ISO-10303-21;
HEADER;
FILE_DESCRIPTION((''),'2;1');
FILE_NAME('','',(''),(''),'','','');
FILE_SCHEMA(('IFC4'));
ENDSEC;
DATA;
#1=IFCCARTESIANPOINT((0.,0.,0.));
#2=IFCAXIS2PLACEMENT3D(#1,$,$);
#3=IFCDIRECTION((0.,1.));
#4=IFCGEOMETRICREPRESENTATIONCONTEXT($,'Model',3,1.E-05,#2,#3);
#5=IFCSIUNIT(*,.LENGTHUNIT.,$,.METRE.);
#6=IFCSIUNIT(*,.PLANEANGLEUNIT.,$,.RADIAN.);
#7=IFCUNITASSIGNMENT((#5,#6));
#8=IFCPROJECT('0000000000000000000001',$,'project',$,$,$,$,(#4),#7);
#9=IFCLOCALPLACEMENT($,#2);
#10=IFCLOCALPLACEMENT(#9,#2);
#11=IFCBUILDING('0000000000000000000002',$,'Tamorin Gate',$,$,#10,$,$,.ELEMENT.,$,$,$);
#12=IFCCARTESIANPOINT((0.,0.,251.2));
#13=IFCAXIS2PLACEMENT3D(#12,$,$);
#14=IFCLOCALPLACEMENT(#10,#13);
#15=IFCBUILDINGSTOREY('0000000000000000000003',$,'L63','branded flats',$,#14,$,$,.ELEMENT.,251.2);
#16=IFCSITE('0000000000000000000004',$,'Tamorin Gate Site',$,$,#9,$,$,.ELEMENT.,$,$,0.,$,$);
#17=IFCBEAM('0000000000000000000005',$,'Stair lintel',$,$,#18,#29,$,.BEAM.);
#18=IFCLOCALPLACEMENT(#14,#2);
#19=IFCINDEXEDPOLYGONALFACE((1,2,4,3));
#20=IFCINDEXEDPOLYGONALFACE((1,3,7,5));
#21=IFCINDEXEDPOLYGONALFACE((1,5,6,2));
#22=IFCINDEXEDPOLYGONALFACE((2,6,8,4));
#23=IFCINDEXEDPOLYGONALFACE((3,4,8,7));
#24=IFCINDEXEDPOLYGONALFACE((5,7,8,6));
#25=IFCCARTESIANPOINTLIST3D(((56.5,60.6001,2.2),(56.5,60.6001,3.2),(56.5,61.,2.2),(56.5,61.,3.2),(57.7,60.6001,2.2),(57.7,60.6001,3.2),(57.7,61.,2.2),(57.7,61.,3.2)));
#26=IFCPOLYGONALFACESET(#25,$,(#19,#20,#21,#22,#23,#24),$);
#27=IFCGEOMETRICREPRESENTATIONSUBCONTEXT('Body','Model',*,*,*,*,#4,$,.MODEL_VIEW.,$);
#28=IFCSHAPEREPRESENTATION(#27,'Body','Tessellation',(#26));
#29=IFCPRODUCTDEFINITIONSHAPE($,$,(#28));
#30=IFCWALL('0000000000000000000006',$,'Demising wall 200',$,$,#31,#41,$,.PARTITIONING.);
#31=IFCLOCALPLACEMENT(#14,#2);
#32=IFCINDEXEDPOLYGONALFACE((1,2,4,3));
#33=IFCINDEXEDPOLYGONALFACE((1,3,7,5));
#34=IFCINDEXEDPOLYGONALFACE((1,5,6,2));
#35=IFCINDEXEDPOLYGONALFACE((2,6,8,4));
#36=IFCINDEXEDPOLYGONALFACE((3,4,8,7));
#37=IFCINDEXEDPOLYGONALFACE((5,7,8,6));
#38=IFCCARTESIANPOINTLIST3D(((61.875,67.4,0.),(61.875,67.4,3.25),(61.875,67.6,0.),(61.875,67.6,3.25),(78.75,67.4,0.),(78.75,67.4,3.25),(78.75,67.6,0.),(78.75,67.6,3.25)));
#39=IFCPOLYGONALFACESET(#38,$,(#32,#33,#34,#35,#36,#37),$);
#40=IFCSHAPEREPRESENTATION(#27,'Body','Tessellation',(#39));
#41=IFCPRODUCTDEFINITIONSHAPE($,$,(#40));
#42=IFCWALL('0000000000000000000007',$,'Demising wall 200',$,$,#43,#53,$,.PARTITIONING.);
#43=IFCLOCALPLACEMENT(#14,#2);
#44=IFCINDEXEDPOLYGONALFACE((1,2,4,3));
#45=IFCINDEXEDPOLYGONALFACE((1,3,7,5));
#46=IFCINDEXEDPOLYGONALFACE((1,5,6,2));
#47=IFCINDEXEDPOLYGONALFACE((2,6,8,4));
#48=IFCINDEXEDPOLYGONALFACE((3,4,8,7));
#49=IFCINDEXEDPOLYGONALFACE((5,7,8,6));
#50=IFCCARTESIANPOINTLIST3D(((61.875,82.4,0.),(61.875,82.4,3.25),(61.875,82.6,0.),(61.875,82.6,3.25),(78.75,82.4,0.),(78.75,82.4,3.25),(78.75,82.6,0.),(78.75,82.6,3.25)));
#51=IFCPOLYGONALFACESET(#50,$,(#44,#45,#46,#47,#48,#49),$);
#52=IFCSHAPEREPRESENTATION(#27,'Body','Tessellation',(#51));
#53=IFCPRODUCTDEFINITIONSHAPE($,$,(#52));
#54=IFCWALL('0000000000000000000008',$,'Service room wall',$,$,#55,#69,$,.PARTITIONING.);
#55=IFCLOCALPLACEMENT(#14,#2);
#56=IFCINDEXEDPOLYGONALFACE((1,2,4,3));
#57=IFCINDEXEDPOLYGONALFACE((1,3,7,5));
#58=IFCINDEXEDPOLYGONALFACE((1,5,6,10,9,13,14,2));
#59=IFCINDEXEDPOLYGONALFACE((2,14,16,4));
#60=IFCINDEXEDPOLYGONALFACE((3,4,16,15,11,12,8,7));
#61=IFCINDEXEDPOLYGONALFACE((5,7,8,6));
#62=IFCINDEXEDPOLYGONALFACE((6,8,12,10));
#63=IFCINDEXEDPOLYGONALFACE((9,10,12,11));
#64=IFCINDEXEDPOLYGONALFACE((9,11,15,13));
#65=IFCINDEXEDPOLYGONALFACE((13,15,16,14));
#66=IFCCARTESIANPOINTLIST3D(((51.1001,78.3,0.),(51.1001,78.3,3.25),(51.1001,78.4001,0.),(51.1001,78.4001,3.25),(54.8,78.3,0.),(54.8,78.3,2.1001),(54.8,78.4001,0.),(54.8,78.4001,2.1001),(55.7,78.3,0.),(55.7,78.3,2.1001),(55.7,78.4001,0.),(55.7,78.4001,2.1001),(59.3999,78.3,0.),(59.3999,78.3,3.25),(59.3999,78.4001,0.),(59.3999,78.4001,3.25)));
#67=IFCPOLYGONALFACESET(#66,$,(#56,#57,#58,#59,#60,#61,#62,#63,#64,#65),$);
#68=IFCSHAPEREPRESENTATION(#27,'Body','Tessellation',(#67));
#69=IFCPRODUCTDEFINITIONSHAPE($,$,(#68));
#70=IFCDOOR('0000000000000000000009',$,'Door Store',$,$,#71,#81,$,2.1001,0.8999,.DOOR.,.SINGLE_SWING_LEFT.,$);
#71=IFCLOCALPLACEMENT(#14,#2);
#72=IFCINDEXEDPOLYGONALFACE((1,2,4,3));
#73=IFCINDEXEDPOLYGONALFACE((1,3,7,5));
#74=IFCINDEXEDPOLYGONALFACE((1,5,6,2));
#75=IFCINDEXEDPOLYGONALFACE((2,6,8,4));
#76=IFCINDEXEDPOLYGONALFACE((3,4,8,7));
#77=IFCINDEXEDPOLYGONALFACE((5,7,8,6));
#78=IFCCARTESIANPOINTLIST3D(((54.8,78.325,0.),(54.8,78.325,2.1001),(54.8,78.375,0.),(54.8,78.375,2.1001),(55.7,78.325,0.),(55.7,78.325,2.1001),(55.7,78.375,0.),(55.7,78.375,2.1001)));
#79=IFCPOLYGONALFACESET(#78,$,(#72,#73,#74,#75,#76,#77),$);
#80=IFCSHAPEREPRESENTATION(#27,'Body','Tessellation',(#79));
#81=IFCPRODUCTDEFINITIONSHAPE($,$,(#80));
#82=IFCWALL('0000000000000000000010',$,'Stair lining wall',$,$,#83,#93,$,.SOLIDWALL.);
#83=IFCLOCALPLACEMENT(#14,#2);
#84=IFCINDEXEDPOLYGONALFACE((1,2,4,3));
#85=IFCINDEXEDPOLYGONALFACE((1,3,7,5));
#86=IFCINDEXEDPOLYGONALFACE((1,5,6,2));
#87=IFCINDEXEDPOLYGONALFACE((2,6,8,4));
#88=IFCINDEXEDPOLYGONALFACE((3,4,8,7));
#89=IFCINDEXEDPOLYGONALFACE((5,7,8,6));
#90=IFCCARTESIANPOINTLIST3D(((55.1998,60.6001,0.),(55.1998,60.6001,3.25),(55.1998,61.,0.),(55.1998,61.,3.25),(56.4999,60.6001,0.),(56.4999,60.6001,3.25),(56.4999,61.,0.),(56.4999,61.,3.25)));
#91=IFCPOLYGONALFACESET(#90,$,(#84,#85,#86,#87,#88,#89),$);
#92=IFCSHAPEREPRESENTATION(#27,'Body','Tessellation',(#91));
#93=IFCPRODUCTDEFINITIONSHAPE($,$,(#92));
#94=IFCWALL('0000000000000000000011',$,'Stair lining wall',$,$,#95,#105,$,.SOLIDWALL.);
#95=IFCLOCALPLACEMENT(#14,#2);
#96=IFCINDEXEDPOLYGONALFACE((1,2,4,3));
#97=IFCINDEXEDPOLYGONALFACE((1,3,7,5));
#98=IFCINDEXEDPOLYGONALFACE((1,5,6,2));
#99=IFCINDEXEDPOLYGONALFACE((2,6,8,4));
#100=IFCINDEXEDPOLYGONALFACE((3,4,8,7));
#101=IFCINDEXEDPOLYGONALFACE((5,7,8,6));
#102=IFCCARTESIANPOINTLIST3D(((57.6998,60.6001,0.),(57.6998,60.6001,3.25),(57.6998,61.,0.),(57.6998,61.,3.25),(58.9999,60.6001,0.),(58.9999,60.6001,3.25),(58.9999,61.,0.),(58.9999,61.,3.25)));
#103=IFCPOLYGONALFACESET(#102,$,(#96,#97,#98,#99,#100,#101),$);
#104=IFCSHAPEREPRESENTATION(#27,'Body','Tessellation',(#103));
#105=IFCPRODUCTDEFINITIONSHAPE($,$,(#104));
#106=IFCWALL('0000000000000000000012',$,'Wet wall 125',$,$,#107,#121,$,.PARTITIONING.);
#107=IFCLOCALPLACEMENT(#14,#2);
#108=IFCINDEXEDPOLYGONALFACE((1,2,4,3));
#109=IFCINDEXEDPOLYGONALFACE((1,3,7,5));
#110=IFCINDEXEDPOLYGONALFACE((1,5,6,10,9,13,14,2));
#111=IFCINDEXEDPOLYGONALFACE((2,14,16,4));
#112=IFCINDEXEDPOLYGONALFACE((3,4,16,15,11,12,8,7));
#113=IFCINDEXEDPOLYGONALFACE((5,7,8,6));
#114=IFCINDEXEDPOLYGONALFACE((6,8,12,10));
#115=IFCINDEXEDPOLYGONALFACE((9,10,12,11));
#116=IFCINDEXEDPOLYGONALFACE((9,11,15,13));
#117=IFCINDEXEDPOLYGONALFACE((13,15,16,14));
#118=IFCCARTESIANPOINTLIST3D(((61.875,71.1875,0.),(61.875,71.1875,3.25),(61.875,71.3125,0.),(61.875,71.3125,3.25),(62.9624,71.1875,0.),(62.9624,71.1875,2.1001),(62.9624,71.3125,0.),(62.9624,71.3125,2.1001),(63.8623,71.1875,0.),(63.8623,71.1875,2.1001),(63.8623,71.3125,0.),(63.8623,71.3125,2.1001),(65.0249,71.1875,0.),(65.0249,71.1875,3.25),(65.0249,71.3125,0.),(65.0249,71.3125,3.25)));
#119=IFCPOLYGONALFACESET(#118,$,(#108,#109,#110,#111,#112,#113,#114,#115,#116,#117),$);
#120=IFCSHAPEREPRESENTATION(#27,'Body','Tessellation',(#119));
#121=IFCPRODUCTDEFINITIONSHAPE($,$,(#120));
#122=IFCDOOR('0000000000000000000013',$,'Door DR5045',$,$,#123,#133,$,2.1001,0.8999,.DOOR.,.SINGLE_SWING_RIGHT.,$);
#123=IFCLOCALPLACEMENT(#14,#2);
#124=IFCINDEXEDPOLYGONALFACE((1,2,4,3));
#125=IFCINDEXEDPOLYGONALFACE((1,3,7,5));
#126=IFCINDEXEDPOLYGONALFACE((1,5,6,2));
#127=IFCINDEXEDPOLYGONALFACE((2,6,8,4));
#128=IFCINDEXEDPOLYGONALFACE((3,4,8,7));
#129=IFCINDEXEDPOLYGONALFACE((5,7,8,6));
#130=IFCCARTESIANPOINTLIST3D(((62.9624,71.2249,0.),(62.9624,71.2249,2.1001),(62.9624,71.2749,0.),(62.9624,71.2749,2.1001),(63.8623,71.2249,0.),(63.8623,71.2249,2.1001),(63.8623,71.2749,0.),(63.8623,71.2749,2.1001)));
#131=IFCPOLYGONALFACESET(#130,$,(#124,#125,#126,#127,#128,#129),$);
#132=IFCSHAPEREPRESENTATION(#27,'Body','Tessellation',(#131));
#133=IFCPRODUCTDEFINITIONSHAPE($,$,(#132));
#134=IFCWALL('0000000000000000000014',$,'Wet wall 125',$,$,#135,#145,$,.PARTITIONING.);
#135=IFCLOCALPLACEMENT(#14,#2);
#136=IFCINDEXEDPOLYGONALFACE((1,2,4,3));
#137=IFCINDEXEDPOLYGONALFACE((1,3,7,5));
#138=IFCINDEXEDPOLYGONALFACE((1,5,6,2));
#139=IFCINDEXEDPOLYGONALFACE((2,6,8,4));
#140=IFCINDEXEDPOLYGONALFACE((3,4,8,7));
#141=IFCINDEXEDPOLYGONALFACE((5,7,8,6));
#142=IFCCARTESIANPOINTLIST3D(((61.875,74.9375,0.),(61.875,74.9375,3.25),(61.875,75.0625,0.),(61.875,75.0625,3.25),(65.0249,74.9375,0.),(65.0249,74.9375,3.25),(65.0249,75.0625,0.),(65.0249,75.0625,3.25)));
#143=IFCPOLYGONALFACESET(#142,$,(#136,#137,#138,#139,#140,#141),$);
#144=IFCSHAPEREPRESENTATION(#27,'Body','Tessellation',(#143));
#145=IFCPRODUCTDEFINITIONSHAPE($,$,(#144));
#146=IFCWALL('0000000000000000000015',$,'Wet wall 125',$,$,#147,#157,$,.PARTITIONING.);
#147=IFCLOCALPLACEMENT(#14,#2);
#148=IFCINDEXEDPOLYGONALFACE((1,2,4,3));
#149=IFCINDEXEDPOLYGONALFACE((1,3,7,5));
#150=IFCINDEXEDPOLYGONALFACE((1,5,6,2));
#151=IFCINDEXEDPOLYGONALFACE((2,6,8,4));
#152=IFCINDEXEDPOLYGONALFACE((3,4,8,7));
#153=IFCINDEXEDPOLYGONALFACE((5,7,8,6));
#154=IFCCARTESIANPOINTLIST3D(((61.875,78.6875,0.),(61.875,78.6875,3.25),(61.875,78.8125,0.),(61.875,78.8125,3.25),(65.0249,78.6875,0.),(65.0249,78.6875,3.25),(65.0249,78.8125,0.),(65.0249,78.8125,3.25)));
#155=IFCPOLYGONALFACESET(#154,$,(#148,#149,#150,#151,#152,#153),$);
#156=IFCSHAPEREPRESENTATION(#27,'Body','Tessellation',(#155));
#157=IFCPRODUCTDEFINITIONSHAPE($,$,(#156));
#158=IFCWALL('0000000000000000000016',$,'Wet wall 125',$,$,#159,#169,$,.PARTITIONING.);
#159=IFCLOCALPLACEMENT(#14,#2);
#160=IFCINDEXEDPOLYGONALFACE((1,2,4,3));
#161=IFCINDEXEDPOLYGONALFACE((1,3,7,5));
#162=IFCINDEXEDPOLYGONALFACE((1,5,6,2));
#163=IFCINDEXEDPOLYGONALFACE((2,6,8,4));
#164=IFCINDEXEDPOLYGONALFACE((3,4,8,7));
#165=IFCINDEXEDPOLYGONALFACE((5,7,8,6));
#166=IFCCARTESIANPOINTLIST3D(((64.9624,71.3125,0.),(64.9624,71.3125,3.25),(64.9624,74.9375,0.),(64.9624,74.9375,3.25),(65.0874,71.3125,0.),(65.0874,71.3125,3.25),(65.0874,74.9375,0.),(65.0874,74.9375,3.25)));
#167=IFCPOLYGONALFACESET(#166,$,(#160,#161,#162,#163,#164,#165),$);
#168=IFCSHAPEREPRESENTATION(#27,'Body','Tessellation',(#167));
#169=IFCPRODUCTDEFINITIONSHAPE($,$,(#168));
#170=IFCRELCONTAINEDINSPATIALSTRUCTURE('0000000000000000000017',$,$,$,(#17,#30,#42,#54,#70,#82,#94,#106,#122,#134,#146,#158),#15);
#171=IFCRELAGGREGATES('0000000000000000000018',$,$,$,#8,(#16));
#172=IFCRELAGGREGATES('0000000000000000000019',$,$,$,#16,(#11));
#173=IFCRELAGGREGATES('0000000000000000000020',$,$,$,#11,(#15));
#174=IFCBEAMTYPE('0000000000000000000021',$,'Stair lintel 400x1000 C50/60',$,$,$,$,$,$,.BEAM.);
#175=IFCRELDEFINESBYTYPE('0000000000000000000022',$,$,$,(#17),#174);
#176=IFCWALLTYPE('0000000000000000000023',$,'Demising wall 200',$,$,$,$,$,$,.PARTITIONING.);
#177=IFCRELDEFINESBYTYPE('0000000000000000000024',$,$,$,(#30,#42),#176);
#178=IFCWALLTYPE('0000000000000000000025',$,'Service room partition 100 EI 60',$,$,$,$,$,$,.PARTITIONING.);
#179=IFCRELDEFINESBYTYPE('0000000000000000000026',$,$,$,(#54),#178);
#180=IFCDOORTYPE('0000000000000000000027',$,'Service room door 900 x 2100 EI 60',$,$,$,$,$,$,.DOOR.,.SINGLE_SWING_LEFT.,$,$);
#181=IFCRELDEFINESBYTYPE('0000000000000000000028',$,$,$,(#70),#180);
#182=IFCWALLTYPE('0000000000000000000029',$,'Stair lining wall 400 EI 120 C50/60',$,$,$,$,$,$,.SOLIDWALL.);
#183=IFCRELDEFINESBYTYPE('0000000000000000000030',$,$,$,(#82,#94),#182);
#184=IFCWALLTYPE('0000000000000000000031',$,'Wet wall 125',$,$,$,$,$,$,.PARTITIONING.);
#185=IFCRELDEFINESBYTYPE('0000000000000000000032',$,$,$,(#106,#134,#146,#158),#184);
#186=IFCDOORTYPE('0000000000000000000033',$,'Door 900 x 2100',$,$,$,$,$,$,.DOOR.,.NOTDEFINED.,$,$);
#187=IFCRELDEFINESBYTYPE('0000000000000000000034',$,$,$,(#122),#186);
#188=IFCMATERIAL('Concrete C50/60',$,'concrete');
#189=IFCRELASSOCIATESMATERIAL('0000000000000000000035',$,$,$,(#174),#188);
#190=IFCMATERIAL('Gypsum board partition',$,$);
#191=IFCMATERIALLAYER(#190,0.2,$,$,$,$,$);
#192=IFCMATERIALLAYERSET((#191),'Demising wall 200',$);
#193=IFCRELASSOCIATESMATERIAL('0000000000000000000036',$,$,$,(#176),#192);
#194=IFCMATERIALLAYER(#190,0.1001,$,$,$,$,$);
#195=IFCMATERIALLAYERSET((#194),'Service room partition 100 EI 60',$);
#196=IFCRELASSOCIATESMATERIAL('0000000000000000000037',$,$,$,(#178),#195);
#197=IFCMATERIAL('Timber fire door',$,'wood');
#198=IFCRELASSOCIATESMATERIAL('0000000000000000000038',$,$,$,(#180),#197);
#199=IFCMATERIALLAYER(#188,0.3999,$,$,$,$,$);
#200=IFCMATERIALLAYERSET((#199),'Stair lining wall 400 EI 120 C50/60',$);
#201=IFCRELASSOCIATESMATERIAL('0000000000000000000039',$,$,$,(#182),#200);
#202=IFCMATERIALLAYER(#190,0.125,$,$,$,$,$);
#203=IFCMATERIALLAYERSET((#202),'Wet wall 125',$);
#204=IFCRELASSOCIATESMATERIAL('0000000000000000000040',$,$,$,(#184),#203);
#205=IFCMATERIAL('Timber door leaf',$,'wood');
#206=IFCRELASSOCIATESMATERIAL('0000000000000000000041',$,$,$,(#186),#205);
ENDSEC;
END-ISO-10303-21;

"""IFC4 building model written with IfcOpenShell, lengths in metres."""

from ifc_helpers import new_model, si_unit, direction, frame, frame_2d, origin, origin_2d, place, context, subcontext, project, spatial, rectangle, extrude, material, layer, layer_set, material_profile, profile_set, type_object, element, fill, save


model = new_model("IFC4")

# Units and contexts
model_context = context("Model", 3, precision=1e-05, world=origin(), true_north=direction((0.0, 1.0)))
body_context = subcontext(model_context, "Body", "Model", "MODEL_VIEW")
ifc_project = project(units=[si_unit("LENGTHUNIT", "METRE"), si_unit("PLANEANGLEUNIT", "RADIAN")], contexts=[model_context])

# Site, building, storey
site_placement = place(None, origin())
site = spatial("IfcSite", under=ifc_project, at=site_placement, Name="Tamorin Gate Site", CompositionType="ELEMENT", RefElevation=0.0)
building_placement = place(site_placement, origin())
building = spatial("IfcBuilding", under=site, at=building_placement, Name="Tamorin Gate", CompositionType="ELEMENT")
storey_placement = place(building_placement, frame((0.0, 0.0, 251.2)))
storey = spatial("IfcBuildingStorey", under=building, at=storey_placement, Name="L63", Description="branded flats", CompositionType="ELEMENT", Elevation=251.2)

# Beam
ifc_material_1 = material(Name="Concrete C50/60", Category="concrete")
ifc_material_profile = material_profile(ifc_material_1, rectangle(XDim=0.3999, YDim=1.0, at=origin_2d()))
ifc_profile_set = profile_set([ifc_material_profile], Name="Concrete C50/60")
beam_type = type_object("IfcBeamType", Name="Stair lintel 400x1000 C50/60", PredefinedType="BEAM", material=ifc_profile_set)
beam_placement = place(storey_placement, frame((56.5, 60.8, 2.7), z_axis=(1.0, 0.0, 0.0), x_axis=(0.0, 1.0, 0.0)))
element("IfcBeam", 1, at=beam_placement, inside=storey, type_object=beam_type, Name="Stair lintel", PredefinedType="BEAM", context=body_context, shape_type="SweptSolid", body=[
    extrude(rectangle(XDim=0.3999, YDim=1.0, at=origin_2d()), origin(), (0.0, 0.0, 1.0), 1.2),
])

# Walls
ifc_material_2 = material(Name="Gypsum board partition")
ifc_layer_1 = layer(ifc_material_2, 0.2)
ifc_layer_set_1 = layer_set([ifc_layer_1], Name="Demising wall 200")
wall_type_1 = type_object("IfcWallType", Name="Demising wall 200", PredefinedType="PARTITIONING", material=ifc_layer_set_1)
for number, where, z_axis, x_axis, name in (
    (2, (61.875, 67.5, 0.0), (0.0, 0.0, 1.0), (1.0, 0.0, 0.0), "Demising wall 200"),
    (3, (61.875, 82.5, 0.0), (0.0, 0.0, 1.0), (1.0, 0.0, 0.0), "Demising wall 200"),
):
    element("IfcWall", number, at=place(storey_placement, frame(where, z_axis=z_axis, x_axis=x_axis)), inside=storey, type_object=wall_type_1, Name=name, PredefinedType="PARTITIONING", context=body_context, shape_type="SweptSolid", body=[
        extrude(rectangle(XDim=16.875, YDim=0.2, at=frame_2d((8.4375, 0.0))), origin(), (0.0, 0.0, 1.0), 3.25),
    ])

# Wall, opening, door
ifc_layer_2 = layer(ifc_material_2, 0.1001)
ifc_layer_set_2 = layer_set([ifc_layer_2], Name="Service room partition 100 EI 60")
wall_type_2 = type_object("IfcWallType", Name="Service room partition 100 EI 60", PredefinedType="PARTITIONING", material=ifc_layer_set_2)
wall_1_placement = place(storey_placement, frame((51.1001, 78.3501, 0.0), z_axis=(0.0, 0.0, 1.0), x_axis=(1.0, 0.0, 0.0)))
wall_1 = element("IfcWall", 4, at=wall_1_placement, inside=storey, type_object=wall_type_2, Name="Service room wall", PredefinedType="PARTITIONING", context=body_context, shape_type="SweptSolid", body=[
    extrude(rectangle(XDim=8.2998, YDim=0.1001, at=frame_2d((4.1499, 0.0))), origin(), (0.0, 0.0, 1.0), 3.25),
])
opening_1_placement = place(wall_1_placement, frame((3.7, 0.0, 0.0)))
opening_1 = element("IfcOpeningElement", 5, at=opening_1_placement, cuts=wall_1, PredefinedType="OPENING", context=body_context, shape_type="SweptSolid", body=[
    extrude(rectangle(XDim=0.8999, YDim=2.1001, at=frame_2d((0.45, 1.05))), frame((0.0, 0.0601, 0.0), z_axis=(0.0, -1.0, 0.0), x_axis=(1.0, 0.0, 0.0)), (0.0, 0.0, 1.0), 0.1201),
])
ifc_material_3 = material(Name="Timber fire door", Category="wood")
door_type_1 = type_object("IfcDoorType", Name="Service room door 900 x 2100 EI 60", OperationType="SINGLE_SWING_LEFT", PredefinedType="DOOR", material=ifc_material_3)
door_1_placement = place(opening_1_placement, origin())
door_1 = element("IfcDoor", 6, at=door_1_placement, inside=storey, type_object=door_type_1, Name="Door Store", OperationType="SINGLE_SWING_LEFT", OverallHeight=2.1001, OverallWidth=0.8999, PredefinedType="DOOR", context=body_context, shape_type="SweptSolid", body=[
    extrude(rectangle(XDim=0.8999, YDim=2.1001, at=frame_2d((0.45, 1.05))), frame((0.0, 0.0249, 0.0), z_axis=(0.0, -1.0, 0.0), x_axis=(1.0, 0.0, 0.0)), (0.0, 0.0, 1.0), 0.05),
])
fill(opening_1, door_1)

# Walls
ifc_layer_3 = layer(ifc_material_1, 0.3999)
ifc_layer_set_3 = layer_set([ifc_layer_3], Name="Stair lining wall 400 EI 120 C50/60")
wall_type_3 = type_object("IfcWallType", Name="Stair lining wall 400 EI 120 C50/60", PredefinedType="SOLIDWALL", material=ifc_layer_set_3)
for number, where, z_axis, x_axis, name in (
    (7, (55.2, 60.8, 0.0), (0.0, 0.0, 1.0), (1.0, 0.0, 0.0), "Stair lining wall"),
    (8, (57.7, 60.8, 0.0), (0.0, 0.0, 1.0), (1.0, 0.0, 0.0), "Stair lining wall"),
):
    element("IfcWall", number, at=place(storey_placement, frame(where, z_axis=z_axis, x_axis=x_axis)), inside=storey, type_object=wall_type_3, Name=name, PredefinedType="SOLIDWALL", context=body_context, shape_type="SweptSolid", body=[
        extrude(rectangle(XDim=1.3, YDim=0.3999, at=frame_2d((0.6499, 0.0))), origin(), (0.0, 0.0, 1.0), 3.25),
    ])

# Wall, opening, door
ifc_layer_4 = layer(ifc_material_2, 0.125)
ifc_layer_set_4 = layer_set([ifc_layer_4], Name="Wet wall 125")
wall_type_4 = type_object("IfcWallType", Name="Wet wall 125", PredefinedType="PARTITIONING", material=ifc_layer_set_4)
wall_2_placement = place(storey_placement, frame((61.875, 71.25, 0.0), z_axis=(0.0, 0.0, 1.0), x_axis=(1.0, 0.0, 0.0)))
wall_2 = element("IfcWall", 9, at=wall_2_placement, inside=storey, type_object=wall_type_4, Name="Wet wall 125", PredefinedType="PARTITIONING", context=body_context, shape_type="SweptSolid", body=[
    extrude(rectangle(XDim=3.1499, YDim=0.125, at=frame_2d((1.575, 0.0))), origin(), (0.0, 0.0, 1.0), 3.25),
])
opening_2_placement = place(wall_2_placement, frame((1.0874, 0.0, 0.0)))
opening_2 = element("IfcOpeningElement", 10, at=opening_2_placement, cuts=wall_2, PredefinedType="OPENING", context=body_context, shape_type="SweptSolid", body=[
    extrude(rectangle(XDim=0.8999, YDim=2.1001, at=frame_2d((0.45, 1.05))), frame((0.0, 0.0725, 0.0), z_axis=(0.0, -1.0, 0.0), x_axis=(1.0, 0.0, 0.0)), (0.0, 0.0, 1.0), 0.145),
])
ifc_material_4 = material(Name="Timber door leaf", Category="wood")
door_type_2 = type_object("IfcDoorType", Name="Door 900 x 2100", OperationType="NOTDEFINED", PredefinedType="DOOR", material=ifc_material_4)
door_2_placement = place(opening_2_placement, origin())
door_2 = element("IfcDoor", 11, at=door_2_placement, inside=storey, type_object=door_type_2, Name="Door DR5045", OperationType="SINGLE_SWING_RIGHT", OverallHeight=2.1001, OverallWidth=0.8999, PredefinedType="DOOR", context=body_context, shape_type="SweptSolid", body=[
    extrude(rectangle(XDim=0.8999, YDim=2.1001, at=frame_2d((0.45, 1.05))), frame((0.0, 0.0249, 0.0), z_axis=(0.0, -1.0, 0.0), x_axis=(1.0, 0.0, 0.0)), (0.0, 0.0, 1.0), 0.05),
])
fill(opening_2, door_2)

# Walls
for number, where, z_axis, x_axis, name in (
    (12, (61.875, 75.0, 0.0), (0.0, 0.0, 1.0), (1.0, 0.0, 0.0), "Wet wall 125"),
    (13, (61.875, 78.75, 0.0), (0.0, 0.0, 1.0), (1.0, 0.0, 0.0), "Wet wall 125"),
):
    element("IfcWall", number, at=place(storey_placement, frame(where, z_axis=z_axis, x_axis=x_axis)), inside=storey, type_object=wall_type_4, Name=name, PredefinedType="PARTITIONING", context=body_context, shape_type="SweptSolid", body=[
        extrude(rectangle(XDim=3.1499, YDim=0.125, at=frame_2d((1.575, 0.0))), origin(), (0.0, 0.0, 1.0), 3.25),
    ])
wall_3_placement = place(storey_placement, frame((65.0249, 71.3125, 0.0), z_axis=(0.0, 0.0, 1.0), x_axis=(0.0, 1.0, 0.0)))
element("IfcWall", 14, at=wall_3_placement, inside=storey, type_object=wall_type_4, Name="Wet wall 125", PredefinedType="PARTITIONING", context=body_context, shape_type="SweptSolid", body=[
    extrude(rectangle(XDim=3.625, YDim=0.125, at=frame_2d((1.8125, 0.0))), origin(), (0.0, 0.0, 1.0), 3.25),
])

save(model, "model.ifc")
